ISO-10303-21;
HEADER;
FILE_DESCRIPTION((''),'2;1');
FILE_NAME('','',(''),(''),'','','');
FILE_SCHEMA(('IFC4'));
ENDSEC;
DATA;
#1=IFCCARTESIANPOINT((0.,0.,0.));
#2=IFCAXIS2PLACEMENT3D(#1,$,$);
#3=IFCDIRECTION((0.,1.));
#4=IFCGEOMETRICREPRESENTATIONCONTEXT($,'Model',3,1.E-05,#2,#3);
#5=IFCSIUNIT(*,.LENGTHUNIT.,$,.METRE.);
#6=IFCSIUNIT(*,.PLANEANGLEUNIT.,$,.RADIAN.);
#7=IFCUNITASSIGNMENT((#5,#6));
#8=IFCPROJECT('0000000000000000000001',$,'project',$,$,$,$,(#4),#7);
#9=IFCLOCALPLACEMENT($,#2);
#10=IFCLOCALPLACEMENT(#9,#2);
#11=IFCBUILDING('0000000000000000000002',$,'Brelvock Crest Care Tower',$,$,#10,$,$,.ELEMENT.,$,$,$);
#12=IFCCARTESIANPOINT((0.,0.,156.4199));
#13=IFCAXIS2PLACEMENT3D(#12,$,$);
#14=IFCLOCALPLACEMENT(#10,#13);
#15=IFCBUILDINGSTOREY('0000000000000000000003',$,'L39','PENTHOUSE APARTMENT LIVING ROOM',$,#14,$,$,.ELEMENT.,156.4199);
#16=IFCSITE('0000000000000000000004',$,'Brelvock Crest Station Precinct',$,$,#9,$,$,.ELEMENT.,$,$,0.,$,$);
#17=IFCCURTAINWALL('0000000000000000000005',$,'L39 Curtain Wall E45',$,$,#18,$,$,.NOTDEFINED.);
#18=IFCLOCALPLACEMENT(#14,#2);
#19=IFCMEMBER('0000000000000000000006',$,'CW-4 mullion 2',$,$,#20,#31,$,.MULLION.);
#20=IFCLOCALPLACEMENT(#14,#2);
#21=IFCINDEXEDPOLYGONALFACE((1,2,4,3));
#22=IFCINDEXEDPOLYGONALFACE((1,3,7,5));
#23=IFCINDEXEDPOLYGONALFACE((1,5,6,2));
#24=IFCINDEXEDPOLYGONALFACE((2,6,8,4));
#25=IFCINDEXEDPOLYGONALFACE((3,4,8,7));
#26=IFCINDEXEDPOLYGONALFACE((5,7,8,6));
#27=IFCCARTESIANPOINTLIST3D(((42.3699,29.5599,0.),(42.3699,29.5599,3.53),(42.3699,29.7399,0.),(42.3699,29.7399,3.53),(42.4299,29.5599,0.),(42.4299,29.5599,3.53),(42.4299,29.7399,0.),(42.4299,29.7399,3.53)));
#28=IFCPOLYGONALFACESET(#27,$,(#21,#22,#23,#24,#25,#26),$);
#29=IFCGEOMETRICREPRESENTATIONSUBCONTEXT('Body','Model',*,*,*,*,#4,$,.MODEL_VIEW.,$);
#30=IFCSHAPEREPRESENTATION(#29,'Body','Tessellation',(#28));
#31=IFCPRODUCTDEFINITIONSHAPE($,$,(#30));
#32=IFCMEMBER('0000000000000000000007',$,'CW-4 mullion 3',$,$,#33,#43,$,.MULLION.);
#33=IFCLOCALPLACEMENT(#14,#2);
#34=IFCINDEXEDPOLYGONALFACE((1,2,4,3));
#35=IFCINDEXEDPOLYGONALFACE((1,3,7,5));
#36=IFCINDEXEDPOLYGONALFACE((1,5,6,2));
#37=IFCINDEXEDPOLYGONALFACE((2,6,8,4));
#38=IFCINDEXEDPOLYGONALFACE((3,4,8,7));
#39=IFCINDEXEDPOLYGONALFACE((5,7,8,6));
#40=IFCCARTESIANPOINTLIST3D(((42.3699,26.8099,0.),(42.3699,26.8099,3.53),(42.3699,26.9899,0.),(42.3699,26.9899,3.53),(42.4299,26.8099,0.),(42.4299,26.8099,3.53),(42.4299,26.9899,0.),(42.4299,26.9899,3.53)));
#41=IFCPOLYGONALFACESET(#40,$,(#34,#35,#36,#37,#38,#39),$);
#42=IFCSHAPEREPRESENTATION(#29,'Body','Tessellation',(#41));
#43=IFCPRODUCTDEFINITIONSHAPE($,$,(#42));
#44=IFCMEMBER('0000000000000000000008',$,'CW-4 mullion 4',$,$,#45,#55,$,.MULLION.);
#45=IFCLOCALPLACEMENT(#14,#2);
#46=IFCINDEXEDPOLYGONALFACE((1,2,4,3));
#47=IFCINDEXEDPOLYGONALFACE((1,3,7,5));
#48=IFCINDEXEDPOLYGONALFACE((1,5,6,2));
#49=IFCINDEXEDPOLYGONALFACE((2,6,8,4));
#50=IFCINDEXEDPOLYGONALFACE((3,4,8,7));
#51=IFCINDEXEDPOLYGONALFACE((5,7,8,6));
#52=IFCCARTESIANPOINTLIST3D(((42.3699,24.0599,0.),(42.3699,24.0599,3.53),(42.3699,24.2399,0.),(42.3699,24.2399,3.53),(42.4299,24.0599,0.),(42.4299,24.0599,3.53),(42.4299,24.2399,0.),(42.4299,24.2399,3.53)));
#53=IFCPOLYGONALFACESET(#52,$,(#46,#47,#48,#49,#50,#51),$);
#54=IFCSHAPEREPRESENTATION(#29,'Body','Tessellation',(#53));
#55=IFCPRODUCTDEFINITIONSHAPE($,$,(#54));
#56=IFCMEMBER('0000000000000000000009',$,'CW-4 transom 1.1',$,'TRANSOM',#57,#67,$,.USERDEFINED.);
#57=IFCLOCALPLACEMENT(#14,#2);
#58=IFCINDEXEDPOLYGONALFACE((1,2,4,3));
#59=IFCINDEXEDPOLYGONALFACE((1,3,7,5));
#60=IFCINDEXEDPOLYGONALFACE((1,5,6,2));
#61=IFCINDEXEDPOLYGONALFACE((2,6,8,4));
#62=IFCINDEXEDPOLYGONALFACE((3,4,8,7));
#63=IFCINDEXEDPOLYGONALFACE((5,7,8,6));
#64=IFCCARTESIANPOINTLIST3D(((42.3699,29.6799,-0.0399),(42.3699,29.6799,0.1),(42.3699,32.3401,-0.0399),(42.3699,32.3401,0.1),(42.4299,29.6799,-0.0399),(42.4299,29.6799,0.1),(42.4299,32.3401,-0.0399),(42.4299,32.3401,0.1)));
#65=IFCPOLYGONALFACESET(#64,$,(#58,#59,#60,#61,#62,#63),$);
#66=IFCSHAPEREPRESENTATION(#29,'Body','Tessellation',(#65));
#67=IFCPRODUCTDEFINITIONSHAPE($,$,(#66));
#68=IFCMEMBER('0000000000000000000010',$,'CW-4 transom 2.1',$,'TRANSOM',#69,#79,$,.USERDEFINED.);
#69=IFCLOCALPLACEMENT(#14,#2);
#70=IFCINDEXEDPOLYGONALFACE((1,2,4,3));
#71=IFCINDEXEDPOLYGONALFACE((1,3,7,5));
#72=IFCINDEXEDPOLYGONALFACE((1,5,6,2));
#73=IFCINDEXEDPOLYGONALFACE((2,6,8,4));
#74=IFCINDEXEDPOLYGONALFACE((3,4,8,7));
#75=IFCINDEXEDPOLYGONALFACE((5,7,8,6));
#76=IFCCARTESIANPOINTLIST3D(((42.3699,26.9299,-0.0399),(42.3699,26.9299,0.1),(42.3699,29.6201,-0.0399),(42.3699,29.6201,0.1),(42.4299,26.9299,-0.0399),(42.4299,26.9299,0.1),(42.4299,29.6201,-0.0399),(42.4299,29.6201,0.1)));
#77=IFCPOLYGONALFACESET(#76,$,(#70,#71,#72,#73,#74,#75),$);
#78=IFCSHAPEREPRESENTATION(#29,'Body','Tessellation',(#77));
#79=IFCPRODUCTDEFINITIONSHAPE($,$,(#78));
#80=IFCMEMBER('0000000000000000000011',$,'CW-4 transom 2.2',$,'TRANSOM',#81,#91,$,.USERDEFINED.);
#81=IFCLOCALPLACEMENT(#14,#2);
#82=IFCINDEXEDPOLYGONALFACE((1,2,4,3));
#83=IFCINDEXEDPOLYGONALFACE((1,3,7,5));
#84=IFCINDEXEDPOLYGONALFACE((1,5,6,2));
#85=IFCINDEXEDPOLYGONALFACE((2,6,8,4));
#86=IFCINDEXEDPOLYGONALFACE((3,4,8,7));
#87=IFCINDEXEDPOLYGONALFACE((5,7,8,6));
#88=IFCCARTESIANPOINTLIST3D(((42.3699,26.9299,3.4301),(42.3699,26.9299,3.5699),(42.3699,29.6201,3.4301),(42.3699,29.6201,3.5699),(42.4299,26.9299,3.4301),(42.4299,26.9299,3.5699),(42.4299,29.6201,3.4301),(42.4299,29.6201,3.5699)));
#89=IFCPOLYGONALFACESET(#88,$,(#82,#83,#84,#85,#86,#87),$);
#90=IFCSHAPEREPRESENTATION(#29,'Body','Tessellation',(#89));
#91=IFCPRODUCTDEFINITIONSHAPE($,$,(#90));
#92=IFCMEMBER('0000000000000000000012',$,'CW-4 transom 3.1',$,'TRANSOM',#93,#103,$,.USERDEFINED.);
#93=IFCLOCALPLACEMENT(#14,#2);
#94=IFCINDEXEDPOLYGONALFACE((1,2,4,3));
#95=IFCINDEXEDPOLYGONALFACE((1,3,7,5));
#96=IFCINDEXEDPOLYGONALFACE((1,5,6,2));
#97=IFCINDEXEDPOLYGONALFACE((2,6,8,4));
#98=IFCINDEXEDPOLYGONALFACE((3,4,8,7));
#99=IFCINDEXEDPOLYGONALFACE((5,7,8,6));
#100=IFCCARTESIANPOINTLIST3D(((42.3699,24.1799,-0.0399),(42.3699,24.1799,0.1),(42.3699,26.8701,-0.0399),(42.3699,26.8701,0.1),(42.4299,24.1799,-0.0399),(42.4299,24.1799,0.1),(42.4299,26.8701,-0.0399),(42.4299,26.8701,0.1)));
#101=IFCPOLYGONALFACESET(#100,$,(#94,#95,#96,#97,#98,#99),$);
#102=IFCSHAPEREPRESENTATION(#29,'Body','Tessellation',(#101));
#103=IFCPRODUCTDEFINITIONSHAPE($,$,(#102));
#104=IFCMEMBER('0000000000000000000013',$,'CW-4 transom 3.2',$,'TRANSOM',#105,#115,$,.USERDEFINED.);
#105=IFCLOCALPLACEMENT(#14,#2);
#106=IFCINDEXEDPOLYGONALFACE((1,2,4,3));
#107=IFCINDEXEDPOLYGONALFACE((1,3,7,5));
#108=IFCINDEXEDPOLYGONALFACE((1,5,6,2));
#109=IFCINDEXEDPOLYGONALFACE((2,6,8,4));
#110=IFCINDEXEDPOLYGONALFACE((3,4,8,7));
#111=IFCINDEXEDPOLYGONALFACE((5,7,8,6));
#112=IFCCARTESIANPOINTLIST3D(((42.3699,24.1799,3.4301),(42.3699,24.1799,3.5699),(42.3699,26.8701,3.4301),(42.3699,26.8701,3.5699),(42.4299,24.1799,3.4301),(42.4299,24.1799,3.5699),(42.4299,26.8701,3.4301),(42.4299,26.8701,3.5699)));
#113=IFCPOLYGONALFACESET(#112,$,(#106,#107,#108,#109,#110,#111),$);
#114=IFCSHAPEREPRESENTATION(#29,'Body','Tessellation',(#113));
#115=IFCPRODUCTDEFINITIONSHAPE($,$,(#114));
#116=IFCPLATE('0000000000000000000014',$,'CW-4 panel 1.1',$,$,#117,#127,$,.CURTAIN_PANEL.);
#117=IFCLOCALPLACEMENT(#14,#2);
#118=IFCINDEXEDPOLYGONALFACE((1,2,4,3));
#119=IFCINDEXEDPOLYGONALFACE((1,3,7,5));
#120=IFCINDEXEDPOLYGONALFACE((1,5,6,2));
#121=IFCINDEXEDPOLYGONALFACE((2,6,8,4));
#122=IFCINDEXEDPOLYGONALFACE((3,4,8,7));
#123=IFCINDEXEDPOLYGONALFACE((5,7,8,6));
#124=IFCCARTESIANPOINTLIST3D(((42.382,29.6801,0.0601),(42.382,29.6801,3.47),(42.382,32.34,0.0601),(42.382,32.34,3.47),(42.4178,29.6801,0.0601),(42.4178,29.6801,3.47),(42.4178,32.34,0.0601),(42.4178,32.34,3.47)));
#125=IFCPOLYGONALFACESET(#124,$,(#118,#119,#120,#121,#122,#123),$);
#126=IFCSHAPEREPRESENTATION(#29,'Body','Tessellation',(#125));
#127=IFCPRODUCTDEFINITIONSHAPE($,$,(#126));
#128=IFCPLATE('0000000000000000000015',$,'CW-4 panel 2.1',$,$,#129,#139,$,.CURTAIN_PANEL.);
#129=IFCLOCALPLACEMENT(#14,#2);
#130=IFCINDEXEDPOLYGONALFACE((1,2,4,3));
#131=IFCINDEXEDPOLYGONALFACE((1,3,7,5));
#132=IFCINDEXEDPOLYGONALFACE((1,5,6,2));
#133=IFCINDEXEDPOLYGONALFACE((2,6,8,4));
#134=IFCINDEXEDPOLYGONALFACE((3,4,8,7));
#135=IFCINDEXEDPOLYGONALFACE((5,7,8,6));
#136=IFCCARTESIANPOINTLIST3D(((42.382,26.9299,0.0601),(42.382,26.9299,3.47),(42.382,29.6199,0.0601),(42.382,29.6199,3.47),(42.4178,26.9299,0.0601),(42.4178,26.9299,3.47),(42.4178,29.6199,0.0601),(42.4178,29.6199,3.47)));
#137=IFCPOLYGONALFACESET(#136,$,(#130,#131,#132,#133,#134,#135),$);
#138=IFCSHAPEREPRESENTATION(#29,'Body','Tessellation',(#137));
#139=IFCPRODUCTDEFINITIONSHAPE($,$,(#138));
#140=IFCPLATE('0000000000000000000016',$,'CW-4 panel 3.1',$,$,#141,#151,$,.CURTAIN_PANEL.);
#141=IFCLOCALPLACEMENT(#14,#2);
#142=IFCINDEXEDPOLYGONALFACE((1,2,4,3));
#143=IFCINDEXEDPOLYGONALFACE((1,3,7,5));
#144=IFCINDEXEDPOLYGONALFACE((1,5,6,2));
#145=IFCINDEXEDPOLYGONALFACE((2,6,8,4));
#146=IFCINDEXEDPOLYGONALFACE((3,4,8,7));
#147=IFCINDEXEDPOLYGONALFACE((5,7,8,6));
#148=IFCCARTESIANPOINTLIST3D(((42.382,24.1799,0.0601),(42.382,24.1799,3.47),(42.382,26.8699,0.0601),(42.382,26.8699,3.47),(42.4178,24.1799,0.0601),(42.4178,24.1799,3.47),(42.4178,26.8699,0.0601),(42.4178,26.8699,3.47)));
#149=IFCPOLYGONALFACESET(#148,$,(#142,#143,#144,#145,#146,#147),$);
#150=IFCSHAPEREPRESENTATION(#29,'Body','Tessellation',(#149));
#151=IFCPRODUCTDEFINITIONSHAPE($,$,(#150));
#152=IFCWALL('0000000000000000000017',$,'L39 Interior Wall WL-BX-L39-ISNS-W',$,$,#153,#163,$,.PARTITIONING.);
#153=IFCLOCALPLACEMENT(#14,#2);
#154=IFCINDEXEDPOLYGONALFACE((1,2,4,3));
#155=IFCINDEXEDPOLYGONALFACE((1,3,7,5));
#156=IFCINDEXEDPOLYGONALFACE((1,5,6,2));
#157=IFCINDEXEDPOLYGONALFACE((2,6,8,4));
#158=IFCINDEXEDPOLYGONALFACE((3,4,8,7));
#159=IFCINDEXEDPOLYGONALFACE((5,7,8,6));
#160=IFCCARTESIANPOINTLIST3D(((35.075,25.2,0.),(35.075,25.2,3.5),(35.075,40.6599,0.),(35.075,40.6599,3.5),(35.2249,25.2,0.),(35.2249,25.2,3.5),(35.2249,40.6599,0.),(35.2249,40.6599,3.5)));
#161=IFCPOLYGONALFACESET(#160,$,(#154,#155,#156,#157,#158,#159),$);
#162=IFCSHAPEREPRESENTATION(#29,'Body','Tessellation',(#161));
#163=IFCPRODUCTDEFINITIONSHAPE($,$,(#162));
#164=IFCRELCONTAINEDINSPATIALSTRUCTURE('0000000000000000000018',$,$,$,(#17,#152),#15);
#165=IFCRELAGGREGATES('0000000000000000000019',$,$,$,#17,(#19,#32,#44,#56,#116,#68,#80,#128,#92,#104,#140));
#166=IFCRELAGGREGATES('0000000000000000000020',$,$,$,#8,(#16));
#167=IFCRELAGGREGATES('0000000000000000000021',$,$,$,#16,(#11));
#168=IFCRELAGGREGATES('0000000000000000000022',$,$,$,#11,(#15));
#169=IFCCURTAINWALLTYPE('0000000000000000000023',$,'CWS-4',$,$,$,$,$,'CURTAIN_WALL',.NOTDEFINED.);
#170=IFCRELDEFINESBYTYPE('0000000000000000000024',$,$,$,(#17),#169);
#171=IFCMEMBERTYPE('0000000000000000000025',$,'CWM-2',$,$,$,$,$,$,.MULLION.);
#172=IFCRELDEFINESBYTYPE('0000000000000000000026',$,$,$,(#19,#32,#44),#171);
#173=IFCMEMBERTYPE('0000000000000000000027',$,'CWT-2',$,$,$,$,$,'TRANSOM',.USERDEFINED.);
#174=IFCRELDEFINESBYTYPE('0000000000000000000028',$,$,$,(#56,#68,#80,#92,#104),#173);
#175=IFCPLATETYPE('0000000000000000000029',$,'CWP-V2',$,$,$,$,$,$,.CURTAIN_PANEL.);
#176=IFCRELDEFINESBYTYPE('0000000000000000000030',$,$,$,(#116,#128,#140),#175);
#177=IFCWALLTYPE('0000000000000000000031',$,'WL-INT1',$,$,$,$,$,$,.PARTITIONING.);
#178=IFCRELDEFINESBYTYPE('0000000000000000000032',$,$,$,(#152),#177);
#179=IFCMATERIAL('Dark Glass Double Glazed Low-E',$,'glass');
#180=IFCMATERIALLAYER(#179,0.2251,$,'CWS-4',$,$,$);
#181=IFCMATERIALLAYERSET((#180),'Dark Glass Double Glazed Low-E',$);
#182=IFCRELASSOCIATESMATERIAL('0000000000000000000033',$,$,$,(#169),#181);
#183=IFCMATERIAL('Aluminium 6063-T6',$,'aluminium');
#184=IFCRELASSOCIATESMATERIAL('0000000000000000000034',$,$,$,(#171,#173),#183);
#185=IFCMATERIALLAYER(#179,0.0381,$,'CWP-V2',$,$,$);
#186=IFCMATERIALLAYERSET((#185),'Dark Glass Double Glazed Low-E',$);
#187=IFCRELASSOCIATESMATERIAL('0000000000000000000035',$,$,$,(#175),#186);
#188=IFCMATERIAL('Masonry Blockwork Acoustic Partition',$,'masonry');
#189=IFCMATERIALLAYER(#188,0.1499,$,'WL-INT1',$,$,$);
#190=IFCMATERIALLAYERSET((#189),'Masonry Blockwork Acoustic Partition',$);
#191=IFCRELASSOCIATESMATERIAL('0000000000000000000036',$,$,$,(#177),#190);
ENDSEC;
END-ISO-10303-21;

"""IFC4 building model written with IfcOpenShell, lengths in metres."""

from ifc_helpers import new_model, si_unit, direction, frame, frame_2d, origin, origin_2d, place, context, subcontext, project, spatial, rectangle, extrude, source, transform, mapped, material, layer, layer_set, material_profile, profile_set, type_object, element, aggregate, save


model = new_model("IFC4")

# Units and contexts
model_context = context("Model", 3, precision=1e-05, world=origin(), true_north=direction((0.0, 1.0)))
body_context = subcontext(model_context, "Body", "Model", "MODEL_VIEW")
ifc_project = project(units=[si_unit("LENGTHUNIT", "METRE"), si_unit("PLANEANGLEUNIT", "RADIAN")], contexts=[model_context])

# Site, building, storey
site_placement = place(None, origin())
site = spatial("IfcSite", under=ifc_project, at=site_placement, Name="Brelvock Crest Station Precinct", CompositionType="ELEMENT", RefElevation=0.0)
building_placement = place(site_placement, origin())
building = spatial("IfcBuilding", under=site, at=building_placement, Name="Brelvock Crest Care Tower", CompositionType="ELEMENT")
storey_placement = place(building_placement, frame((0.0, 0.0, 156.4199)))
storey = spatial("IfcBuildingStorey", under=building, at=storey_placement, Name="L39", Description="PENTHOUSE APARTMENT LIVING ROOM", CompositionType="ELEMENT", Elevation=156.4199)

# Curtain wall, members, plates
ifc_material_1 = material(Name="Dark Glass Double Glazed Low-E", Category="glass")
ifc_layer_1 = layer(ifc_material_1, 0.2251, Name="CWS-4")
ifc_layer_set_1 = layer_set([ifc_layer_1], Name="Dark Glass Double Glazed Low-E")
curtain_wall_type = type_object("IfcCurtainWallType", Name="CWS-4", ElementType="CURTAIN_WALL", PredefinedType="NOTDEFINED", material=ifc_layer_set_1)
curtain_wall_placement = place(storey_placement, origin())
curtain_wall = element("IfcCurtainWall", 1, at=curtain_wall_placement, inside=storey, type_object=curtain_wall_type, Name="L39 Curtain Wall E45", PredefinedType="NOTDEFINED")
ifc_material_2 = material(Name="Aluminium 6063-T6", Category="aluminium")
ifc_material_profile_1 = material_profile(ifc_material_2, rectangle(XDim=0.0601, YDim=0.1799, at=origin_2d()), Name="ALU60x180")
ifc_profile_set_1 = profile_set([ifc_material_profile_1], Name="Aluminium 6063-T6")
member_type_1 = type_object("IfcMemberType", Name="CWM-2", PredefinedType="MULLION", material=ifc_profile_set_1)
shared_shape_1 = source(origin(), body_context, "Body", "SweptSolid", [
    extrude(rectangle(XDim=0.0601, YDim=0.1799, at=origin_2d()), origin(), (0.0, 0.0, 1.0), 3.53),
])
member_1_placement = place(storey_placement, frame((42.3999, 29.6499, 0.0), z_axis=(0.0, 0.0, 1.0), x_axis=(1.0, 0.0, 0.0)))
member_1 = element("IfcMember", 2, at=member_1_placement, type_object=member_type_1, Name="CW-4 mullion 2", PredefinedType="MULLION", context=body_context, shape_type="MappedRepresentation", body=[
    mapped(shared_shape_1, transform((0.0, 0.0, 0.0), x_axis=(1.0, 0.0, 0.0), y_axis=(0.0, 1.0, 0.0), z_axis=(0.0, 0.0, 1.0), scale=1.0)),
])
member_2_placement = place(storey_placement, frame((42.3999, 26.8999, 0.0), z_axis=(0.0, 0.0, 1.0), x_axis=(1.0, 0.0, 0.0)))
member_2 = element("IfcMember", 3, at=member_2_placement, type_object=member_type_1, Name="CW-4 mullion 3", PredefinedType="MULLION", context=body_context, shape_type="MappedRepresentation", body=[
    mapped(shared_shape_1, transform((0.0, 0.0, 0.0), x_axis=(1.0, 0.0, 0.0), y_axis=(0.0, 1.0, 0.0), z_axis=(0.0, 0.0, 1.0), scale=1.0)),
])
member_3_placement = place(storey_placement, frame((42.3999, 24.1499, 0.0), z_axis=(0.0, 0.0, 1.0), x_axis=(1.0, 0.0, 0.0)))
member_3 = element("IfcMember", 4, at=member_3_placement, type_object=member_type_1, Name="CW-4 mullion 4", PredefinedType="MULLION", context=body_context, shape_type="MappedRepresentation", body=[
    mapped(shared_shape_1, transform((0.0, 0.0, 0.0), x_axis=(1.0, 0.0, 0.0), y_axis=(0.0, 1.0, 0.0), z_axis=(0.0, 0.0, 1.0), scale=1.0)),
])
ifc_material_profile_2 = material_profile(ifc_material_2, rectangle(XDim=0.0601, YDim=0.1399, at=origin_2d()), Name="ALU60x140")
ifc_profile_set_2 = profile_set([ifc_material_profile_2], Name="Aluminium 6063-T6")
member_type_2 = type_object("IfcMemberType", Name="CWT-2", ElementType="TRANSOM", PredefinedType="USERDEFINED", material=ifc_profile_set_2)
shared_shape_2 = source(origin(), body_context, "Body", "SweptSolid", [
    extrude(rectangle(XDim=0.0601, YDim=0.1399, at=origin_2d()), origin(), (0.0, 0.0, 1.0), 2.6602),
])
member_4_placement = place(storey_placement, frame((42.3999, 32.3401, 0.03), z_axis=(0.0, -1.0, 0.0), x_axis=(1.0, 0.0, 0.0)))
member_4 = element("IfcMember", 5, at=member_4_placement, type_object=member_type_2, Name="CW-4 transom 1.1", ObjectType="TRANSOM", PredefinedType="USERDEFINED", context=body_context, shape_type="MappedRepresentation", body=[
    mapped(shared_shape_2, transform((0.0, 0.0, 0.0), x_axis=(1.0, 0.0, 0.0), y_axis=(0.0, 1.0, 0.0), z_axis=(0.0, 0.0, 1.0), scale=1.0)),
])
shared_shape_3 = source(origin(), body_context, "Body", "SweptSolid", [
    extrude(rectangle(XDim=0.0601, YDim=0.1399, at=origin_2d()), origin(), (0.0, 0.0, 1.0), 2.6902),
])
member_5_placement = place(storey_placement, frame((42.3999, 29.6201, 0.03), z_axis=(0.0, -1.0, 0.0), x_axis=(1.0, 0.0, 0.0)))
member_5 = element("IfcMember", 6, at=member_5_placement, type_object=member_type_2, Name="CW-4 transom 2.1", ObjectType="TRANSOM", PredefinedType="USERDEFINED", context=body_context, shape_type="MappedRepresentation", body=[
    mapped(shared_shape_3, transform((0.0, 0.0, 0.0), x_axis=(1.0, 0.0, 0.0), y_axis=(0.0, 1.0, 0.0), z_axis=(0.0, 0.0, 1.0), scale=1.0)),
])
member_6_placement = place(storey_placement, frame((42.3999, 29.6201, 3.5), z_axis=(0.0, -1.0, 0.0), x_axis=(1.0, 0.0, 0.0)))
member_6 = element("IfcMember", 7, at=member_6_placement, type_object=member_type_2, Name="CW-4 transom 2.2", ObjectType="TRANSOM", PredefinedType="USERDEFINED", context=body_context, shape_type="MappedRepresentation", body=[
    mapped(shared_shape_3, transform((0.0, 0.0, 0.0), x_axis=(1.0, 0.0, 0.0), y_axis=(0.0, 1.0, 0.0), z_axis=(0.0, 0.0, 1.0), scale=1.0)),
])
member_7_placement = place(storey_placement, frame((42.3999, 26.8701, 0.03), z_axis=(0.0, -1.0, 0.0), x_axis=(1.0, 0.0, 0.0)))
member_7 = element("IfcMember", 8, at=member_7_placement, type_object=member_type_2, Name="CW-4 transom 3.1", ObjectType="TRANSOM", PredefinedType="USERDEFINED", context=body_context, shape_type="MappedRepresentation", body=[
    mapped(shared_shape_3, transform((0.0, 0.0, 0.0), x_axis=(1.0, 0.0, 0.0), y_axis=(0.0, 1.0, 0.0), z_axis=(0.0, 0.0, 1.0), scale=1.0)),
])
member_8_placement = place(storey_placement, frame((42.3999, 26.8701, 3.5), z_axis=(0.0, -1.0, 0.0), x_axis=(1.0, 0.0, 0.0)))
member_8 = element("IfcMember", 9, at=member_8_placement, type_object=member_type_2, Name="CW-4 transom 3.2", ObjectType="TRANSOM", PredefinedType="USERDEFINED", context=body_context, shape_type="MappedRepresentation", body=[
    mapped(shared_shape_3, transform((0.0, 0.0, 0.0), x_axis=(1.0, 0.0, 0.0), y_axis=(0.0, 1.0, 0.0), z_axis=(0.0, 0.0, 1.0), scale=1.0)),
])
ifc_layer_2 = layer(ifc_material_1, 0.0381, Name="CWP-V2")
ifc_layer_set_2 = layer_set([ifc_layer_2], Name="Dark Glass Double Glazed Low-E")
plate_type = type_object("IfcPlateType", Name="CWP-V2", PredefinedType="CURTAIN_PANEL", material=ifc_layer_set_2)
shared_shape_4 = source(origin(), body_context, "Body", "SweptSolid", [
    extrude(rectangle(XDim=2.6599, YDim=0.0359, at=origin_2d()), origin(), (0.0, 0.0, 1.0), 3.4099),
])
plate_1_placement = place(storey_placement, frame((42.3999, 31.01, 0.0601), z_axis=(0.0, 0.0, 1.0), x_axis=(0.0, -1.0, 0.0)))
plate_1 = element("IfcPlate", 10, at=plate_1_placement, type_object=plate_type, Name="CW-4 panel 1.1", PredefinedType="CURTAIN_PANEL", context=body_context, shape_type="MappedRepresentation", body=[
    mapped(shared_shape_4, transform((0.0, 0.0, 0.0), x_axis=(1.0, 0.0, 0.0), y_axis=(0.0, 1.0, 0.0), z_axis=(0.0, 0.0, 1.0), scale=1.0)),
])
shared_shape_5 = source(origin(), body_context, "Body", "SweptSolid", [
    extrude(rectangle(XDim=2.6899, YDim=0.0359, at=origin_2d()), origin(), (0.0, 0.0, 1.0), 3.4099),
])
plate_2_placement = place(storey_placement, frame((42.3999, 28.2749, 0.0601), z_axis=(0.0, 0.0, 1.0), x_axis=(0.0, -1.0, 0.0)))
plate_2 = element("IfcPlate", 11, at=plate_2_placement, type_object=plate_type, Name="CW-4 panel 2.1", PredefinedType="CURTAIN_PANEL", context=body_context, shape_type="MappedRepresentation", body=[
    mapped(shared_shape_5, transform((0.0, 0.0, 0.0), x_axis=(1.0, 0.0, 0.0), y_axis=(0.0, 1.0, 0.0), z_axis=(0.0, 0.0, 1.0), scale=1.0)),
])
plate_3_placement = place(storey_placement, frame((42.3999, 25.5249, 0.0601), z_axis=(0.0, 0.0, 1.0), x_axis=(0.0, -1.0, 0.0)))
plate_3 = element("IfcPlate", 12, at=plate_3_placement, type_object=plate_type, Name="CW-4 panel 3.1", PredefinedType="CURTAIN_PANEL", context=body_context, shape_type="MappedRepresentation", body=[
    mapped(shared_shape_5, transform((0.0, 0.0, 0.0), x_axis=(1.0, 0.0, 0.0), y_axis=(0.0, 1.0, 0.0), z_axis=(0.0, 0.0, 1.0), scale=1.0)),
])
aggregate(curtain_wall, [member_1, member_2, member_3, member_4, plate_1, member_5, member_6, plate_2, member_7, member_8, plate_3])

# Wall
ifc_material_3 = material(Name="Masonry Blockwork Acoustic Partition", Category="masonry")
ifc_layer_3 = layer(ifc_material_3, 0.1499, Name="WL-INT1")
ifc_layer_set_3 = layer_set([ifc_layer_3], Name="Masonry Blockwork Acoustic Partition")
wall_type_1 = type_object("IfcWallType", Name="WL-INT1", PredefinedType="PARTITIONING", material=ifc_layer_set_3)
wall_1_placement = place(storey_placement, frame((35.1499, 25.2, 0.0), z_axis=(0.0, 0.0, 1.0), x_axis=(0.0, 1.0, 0.0)))
element("IfcWall", 13, at=wall_1_placement, inside=storey, type_object=wall_type_1, Name="L39 Interior Wall WL-BX-L39-ISNS-W", PredefinedType="PARTITIONING", context=body_context, shape_type="SweptSolid", body=[
    extrude(rectangle(XDim=15.46, YDim=0.1499, at=frame_2d((7.73, 0.0))), origin(), (0.0, 0.0, 1.0), 3.5),
])

save(model, "model.ifc")
